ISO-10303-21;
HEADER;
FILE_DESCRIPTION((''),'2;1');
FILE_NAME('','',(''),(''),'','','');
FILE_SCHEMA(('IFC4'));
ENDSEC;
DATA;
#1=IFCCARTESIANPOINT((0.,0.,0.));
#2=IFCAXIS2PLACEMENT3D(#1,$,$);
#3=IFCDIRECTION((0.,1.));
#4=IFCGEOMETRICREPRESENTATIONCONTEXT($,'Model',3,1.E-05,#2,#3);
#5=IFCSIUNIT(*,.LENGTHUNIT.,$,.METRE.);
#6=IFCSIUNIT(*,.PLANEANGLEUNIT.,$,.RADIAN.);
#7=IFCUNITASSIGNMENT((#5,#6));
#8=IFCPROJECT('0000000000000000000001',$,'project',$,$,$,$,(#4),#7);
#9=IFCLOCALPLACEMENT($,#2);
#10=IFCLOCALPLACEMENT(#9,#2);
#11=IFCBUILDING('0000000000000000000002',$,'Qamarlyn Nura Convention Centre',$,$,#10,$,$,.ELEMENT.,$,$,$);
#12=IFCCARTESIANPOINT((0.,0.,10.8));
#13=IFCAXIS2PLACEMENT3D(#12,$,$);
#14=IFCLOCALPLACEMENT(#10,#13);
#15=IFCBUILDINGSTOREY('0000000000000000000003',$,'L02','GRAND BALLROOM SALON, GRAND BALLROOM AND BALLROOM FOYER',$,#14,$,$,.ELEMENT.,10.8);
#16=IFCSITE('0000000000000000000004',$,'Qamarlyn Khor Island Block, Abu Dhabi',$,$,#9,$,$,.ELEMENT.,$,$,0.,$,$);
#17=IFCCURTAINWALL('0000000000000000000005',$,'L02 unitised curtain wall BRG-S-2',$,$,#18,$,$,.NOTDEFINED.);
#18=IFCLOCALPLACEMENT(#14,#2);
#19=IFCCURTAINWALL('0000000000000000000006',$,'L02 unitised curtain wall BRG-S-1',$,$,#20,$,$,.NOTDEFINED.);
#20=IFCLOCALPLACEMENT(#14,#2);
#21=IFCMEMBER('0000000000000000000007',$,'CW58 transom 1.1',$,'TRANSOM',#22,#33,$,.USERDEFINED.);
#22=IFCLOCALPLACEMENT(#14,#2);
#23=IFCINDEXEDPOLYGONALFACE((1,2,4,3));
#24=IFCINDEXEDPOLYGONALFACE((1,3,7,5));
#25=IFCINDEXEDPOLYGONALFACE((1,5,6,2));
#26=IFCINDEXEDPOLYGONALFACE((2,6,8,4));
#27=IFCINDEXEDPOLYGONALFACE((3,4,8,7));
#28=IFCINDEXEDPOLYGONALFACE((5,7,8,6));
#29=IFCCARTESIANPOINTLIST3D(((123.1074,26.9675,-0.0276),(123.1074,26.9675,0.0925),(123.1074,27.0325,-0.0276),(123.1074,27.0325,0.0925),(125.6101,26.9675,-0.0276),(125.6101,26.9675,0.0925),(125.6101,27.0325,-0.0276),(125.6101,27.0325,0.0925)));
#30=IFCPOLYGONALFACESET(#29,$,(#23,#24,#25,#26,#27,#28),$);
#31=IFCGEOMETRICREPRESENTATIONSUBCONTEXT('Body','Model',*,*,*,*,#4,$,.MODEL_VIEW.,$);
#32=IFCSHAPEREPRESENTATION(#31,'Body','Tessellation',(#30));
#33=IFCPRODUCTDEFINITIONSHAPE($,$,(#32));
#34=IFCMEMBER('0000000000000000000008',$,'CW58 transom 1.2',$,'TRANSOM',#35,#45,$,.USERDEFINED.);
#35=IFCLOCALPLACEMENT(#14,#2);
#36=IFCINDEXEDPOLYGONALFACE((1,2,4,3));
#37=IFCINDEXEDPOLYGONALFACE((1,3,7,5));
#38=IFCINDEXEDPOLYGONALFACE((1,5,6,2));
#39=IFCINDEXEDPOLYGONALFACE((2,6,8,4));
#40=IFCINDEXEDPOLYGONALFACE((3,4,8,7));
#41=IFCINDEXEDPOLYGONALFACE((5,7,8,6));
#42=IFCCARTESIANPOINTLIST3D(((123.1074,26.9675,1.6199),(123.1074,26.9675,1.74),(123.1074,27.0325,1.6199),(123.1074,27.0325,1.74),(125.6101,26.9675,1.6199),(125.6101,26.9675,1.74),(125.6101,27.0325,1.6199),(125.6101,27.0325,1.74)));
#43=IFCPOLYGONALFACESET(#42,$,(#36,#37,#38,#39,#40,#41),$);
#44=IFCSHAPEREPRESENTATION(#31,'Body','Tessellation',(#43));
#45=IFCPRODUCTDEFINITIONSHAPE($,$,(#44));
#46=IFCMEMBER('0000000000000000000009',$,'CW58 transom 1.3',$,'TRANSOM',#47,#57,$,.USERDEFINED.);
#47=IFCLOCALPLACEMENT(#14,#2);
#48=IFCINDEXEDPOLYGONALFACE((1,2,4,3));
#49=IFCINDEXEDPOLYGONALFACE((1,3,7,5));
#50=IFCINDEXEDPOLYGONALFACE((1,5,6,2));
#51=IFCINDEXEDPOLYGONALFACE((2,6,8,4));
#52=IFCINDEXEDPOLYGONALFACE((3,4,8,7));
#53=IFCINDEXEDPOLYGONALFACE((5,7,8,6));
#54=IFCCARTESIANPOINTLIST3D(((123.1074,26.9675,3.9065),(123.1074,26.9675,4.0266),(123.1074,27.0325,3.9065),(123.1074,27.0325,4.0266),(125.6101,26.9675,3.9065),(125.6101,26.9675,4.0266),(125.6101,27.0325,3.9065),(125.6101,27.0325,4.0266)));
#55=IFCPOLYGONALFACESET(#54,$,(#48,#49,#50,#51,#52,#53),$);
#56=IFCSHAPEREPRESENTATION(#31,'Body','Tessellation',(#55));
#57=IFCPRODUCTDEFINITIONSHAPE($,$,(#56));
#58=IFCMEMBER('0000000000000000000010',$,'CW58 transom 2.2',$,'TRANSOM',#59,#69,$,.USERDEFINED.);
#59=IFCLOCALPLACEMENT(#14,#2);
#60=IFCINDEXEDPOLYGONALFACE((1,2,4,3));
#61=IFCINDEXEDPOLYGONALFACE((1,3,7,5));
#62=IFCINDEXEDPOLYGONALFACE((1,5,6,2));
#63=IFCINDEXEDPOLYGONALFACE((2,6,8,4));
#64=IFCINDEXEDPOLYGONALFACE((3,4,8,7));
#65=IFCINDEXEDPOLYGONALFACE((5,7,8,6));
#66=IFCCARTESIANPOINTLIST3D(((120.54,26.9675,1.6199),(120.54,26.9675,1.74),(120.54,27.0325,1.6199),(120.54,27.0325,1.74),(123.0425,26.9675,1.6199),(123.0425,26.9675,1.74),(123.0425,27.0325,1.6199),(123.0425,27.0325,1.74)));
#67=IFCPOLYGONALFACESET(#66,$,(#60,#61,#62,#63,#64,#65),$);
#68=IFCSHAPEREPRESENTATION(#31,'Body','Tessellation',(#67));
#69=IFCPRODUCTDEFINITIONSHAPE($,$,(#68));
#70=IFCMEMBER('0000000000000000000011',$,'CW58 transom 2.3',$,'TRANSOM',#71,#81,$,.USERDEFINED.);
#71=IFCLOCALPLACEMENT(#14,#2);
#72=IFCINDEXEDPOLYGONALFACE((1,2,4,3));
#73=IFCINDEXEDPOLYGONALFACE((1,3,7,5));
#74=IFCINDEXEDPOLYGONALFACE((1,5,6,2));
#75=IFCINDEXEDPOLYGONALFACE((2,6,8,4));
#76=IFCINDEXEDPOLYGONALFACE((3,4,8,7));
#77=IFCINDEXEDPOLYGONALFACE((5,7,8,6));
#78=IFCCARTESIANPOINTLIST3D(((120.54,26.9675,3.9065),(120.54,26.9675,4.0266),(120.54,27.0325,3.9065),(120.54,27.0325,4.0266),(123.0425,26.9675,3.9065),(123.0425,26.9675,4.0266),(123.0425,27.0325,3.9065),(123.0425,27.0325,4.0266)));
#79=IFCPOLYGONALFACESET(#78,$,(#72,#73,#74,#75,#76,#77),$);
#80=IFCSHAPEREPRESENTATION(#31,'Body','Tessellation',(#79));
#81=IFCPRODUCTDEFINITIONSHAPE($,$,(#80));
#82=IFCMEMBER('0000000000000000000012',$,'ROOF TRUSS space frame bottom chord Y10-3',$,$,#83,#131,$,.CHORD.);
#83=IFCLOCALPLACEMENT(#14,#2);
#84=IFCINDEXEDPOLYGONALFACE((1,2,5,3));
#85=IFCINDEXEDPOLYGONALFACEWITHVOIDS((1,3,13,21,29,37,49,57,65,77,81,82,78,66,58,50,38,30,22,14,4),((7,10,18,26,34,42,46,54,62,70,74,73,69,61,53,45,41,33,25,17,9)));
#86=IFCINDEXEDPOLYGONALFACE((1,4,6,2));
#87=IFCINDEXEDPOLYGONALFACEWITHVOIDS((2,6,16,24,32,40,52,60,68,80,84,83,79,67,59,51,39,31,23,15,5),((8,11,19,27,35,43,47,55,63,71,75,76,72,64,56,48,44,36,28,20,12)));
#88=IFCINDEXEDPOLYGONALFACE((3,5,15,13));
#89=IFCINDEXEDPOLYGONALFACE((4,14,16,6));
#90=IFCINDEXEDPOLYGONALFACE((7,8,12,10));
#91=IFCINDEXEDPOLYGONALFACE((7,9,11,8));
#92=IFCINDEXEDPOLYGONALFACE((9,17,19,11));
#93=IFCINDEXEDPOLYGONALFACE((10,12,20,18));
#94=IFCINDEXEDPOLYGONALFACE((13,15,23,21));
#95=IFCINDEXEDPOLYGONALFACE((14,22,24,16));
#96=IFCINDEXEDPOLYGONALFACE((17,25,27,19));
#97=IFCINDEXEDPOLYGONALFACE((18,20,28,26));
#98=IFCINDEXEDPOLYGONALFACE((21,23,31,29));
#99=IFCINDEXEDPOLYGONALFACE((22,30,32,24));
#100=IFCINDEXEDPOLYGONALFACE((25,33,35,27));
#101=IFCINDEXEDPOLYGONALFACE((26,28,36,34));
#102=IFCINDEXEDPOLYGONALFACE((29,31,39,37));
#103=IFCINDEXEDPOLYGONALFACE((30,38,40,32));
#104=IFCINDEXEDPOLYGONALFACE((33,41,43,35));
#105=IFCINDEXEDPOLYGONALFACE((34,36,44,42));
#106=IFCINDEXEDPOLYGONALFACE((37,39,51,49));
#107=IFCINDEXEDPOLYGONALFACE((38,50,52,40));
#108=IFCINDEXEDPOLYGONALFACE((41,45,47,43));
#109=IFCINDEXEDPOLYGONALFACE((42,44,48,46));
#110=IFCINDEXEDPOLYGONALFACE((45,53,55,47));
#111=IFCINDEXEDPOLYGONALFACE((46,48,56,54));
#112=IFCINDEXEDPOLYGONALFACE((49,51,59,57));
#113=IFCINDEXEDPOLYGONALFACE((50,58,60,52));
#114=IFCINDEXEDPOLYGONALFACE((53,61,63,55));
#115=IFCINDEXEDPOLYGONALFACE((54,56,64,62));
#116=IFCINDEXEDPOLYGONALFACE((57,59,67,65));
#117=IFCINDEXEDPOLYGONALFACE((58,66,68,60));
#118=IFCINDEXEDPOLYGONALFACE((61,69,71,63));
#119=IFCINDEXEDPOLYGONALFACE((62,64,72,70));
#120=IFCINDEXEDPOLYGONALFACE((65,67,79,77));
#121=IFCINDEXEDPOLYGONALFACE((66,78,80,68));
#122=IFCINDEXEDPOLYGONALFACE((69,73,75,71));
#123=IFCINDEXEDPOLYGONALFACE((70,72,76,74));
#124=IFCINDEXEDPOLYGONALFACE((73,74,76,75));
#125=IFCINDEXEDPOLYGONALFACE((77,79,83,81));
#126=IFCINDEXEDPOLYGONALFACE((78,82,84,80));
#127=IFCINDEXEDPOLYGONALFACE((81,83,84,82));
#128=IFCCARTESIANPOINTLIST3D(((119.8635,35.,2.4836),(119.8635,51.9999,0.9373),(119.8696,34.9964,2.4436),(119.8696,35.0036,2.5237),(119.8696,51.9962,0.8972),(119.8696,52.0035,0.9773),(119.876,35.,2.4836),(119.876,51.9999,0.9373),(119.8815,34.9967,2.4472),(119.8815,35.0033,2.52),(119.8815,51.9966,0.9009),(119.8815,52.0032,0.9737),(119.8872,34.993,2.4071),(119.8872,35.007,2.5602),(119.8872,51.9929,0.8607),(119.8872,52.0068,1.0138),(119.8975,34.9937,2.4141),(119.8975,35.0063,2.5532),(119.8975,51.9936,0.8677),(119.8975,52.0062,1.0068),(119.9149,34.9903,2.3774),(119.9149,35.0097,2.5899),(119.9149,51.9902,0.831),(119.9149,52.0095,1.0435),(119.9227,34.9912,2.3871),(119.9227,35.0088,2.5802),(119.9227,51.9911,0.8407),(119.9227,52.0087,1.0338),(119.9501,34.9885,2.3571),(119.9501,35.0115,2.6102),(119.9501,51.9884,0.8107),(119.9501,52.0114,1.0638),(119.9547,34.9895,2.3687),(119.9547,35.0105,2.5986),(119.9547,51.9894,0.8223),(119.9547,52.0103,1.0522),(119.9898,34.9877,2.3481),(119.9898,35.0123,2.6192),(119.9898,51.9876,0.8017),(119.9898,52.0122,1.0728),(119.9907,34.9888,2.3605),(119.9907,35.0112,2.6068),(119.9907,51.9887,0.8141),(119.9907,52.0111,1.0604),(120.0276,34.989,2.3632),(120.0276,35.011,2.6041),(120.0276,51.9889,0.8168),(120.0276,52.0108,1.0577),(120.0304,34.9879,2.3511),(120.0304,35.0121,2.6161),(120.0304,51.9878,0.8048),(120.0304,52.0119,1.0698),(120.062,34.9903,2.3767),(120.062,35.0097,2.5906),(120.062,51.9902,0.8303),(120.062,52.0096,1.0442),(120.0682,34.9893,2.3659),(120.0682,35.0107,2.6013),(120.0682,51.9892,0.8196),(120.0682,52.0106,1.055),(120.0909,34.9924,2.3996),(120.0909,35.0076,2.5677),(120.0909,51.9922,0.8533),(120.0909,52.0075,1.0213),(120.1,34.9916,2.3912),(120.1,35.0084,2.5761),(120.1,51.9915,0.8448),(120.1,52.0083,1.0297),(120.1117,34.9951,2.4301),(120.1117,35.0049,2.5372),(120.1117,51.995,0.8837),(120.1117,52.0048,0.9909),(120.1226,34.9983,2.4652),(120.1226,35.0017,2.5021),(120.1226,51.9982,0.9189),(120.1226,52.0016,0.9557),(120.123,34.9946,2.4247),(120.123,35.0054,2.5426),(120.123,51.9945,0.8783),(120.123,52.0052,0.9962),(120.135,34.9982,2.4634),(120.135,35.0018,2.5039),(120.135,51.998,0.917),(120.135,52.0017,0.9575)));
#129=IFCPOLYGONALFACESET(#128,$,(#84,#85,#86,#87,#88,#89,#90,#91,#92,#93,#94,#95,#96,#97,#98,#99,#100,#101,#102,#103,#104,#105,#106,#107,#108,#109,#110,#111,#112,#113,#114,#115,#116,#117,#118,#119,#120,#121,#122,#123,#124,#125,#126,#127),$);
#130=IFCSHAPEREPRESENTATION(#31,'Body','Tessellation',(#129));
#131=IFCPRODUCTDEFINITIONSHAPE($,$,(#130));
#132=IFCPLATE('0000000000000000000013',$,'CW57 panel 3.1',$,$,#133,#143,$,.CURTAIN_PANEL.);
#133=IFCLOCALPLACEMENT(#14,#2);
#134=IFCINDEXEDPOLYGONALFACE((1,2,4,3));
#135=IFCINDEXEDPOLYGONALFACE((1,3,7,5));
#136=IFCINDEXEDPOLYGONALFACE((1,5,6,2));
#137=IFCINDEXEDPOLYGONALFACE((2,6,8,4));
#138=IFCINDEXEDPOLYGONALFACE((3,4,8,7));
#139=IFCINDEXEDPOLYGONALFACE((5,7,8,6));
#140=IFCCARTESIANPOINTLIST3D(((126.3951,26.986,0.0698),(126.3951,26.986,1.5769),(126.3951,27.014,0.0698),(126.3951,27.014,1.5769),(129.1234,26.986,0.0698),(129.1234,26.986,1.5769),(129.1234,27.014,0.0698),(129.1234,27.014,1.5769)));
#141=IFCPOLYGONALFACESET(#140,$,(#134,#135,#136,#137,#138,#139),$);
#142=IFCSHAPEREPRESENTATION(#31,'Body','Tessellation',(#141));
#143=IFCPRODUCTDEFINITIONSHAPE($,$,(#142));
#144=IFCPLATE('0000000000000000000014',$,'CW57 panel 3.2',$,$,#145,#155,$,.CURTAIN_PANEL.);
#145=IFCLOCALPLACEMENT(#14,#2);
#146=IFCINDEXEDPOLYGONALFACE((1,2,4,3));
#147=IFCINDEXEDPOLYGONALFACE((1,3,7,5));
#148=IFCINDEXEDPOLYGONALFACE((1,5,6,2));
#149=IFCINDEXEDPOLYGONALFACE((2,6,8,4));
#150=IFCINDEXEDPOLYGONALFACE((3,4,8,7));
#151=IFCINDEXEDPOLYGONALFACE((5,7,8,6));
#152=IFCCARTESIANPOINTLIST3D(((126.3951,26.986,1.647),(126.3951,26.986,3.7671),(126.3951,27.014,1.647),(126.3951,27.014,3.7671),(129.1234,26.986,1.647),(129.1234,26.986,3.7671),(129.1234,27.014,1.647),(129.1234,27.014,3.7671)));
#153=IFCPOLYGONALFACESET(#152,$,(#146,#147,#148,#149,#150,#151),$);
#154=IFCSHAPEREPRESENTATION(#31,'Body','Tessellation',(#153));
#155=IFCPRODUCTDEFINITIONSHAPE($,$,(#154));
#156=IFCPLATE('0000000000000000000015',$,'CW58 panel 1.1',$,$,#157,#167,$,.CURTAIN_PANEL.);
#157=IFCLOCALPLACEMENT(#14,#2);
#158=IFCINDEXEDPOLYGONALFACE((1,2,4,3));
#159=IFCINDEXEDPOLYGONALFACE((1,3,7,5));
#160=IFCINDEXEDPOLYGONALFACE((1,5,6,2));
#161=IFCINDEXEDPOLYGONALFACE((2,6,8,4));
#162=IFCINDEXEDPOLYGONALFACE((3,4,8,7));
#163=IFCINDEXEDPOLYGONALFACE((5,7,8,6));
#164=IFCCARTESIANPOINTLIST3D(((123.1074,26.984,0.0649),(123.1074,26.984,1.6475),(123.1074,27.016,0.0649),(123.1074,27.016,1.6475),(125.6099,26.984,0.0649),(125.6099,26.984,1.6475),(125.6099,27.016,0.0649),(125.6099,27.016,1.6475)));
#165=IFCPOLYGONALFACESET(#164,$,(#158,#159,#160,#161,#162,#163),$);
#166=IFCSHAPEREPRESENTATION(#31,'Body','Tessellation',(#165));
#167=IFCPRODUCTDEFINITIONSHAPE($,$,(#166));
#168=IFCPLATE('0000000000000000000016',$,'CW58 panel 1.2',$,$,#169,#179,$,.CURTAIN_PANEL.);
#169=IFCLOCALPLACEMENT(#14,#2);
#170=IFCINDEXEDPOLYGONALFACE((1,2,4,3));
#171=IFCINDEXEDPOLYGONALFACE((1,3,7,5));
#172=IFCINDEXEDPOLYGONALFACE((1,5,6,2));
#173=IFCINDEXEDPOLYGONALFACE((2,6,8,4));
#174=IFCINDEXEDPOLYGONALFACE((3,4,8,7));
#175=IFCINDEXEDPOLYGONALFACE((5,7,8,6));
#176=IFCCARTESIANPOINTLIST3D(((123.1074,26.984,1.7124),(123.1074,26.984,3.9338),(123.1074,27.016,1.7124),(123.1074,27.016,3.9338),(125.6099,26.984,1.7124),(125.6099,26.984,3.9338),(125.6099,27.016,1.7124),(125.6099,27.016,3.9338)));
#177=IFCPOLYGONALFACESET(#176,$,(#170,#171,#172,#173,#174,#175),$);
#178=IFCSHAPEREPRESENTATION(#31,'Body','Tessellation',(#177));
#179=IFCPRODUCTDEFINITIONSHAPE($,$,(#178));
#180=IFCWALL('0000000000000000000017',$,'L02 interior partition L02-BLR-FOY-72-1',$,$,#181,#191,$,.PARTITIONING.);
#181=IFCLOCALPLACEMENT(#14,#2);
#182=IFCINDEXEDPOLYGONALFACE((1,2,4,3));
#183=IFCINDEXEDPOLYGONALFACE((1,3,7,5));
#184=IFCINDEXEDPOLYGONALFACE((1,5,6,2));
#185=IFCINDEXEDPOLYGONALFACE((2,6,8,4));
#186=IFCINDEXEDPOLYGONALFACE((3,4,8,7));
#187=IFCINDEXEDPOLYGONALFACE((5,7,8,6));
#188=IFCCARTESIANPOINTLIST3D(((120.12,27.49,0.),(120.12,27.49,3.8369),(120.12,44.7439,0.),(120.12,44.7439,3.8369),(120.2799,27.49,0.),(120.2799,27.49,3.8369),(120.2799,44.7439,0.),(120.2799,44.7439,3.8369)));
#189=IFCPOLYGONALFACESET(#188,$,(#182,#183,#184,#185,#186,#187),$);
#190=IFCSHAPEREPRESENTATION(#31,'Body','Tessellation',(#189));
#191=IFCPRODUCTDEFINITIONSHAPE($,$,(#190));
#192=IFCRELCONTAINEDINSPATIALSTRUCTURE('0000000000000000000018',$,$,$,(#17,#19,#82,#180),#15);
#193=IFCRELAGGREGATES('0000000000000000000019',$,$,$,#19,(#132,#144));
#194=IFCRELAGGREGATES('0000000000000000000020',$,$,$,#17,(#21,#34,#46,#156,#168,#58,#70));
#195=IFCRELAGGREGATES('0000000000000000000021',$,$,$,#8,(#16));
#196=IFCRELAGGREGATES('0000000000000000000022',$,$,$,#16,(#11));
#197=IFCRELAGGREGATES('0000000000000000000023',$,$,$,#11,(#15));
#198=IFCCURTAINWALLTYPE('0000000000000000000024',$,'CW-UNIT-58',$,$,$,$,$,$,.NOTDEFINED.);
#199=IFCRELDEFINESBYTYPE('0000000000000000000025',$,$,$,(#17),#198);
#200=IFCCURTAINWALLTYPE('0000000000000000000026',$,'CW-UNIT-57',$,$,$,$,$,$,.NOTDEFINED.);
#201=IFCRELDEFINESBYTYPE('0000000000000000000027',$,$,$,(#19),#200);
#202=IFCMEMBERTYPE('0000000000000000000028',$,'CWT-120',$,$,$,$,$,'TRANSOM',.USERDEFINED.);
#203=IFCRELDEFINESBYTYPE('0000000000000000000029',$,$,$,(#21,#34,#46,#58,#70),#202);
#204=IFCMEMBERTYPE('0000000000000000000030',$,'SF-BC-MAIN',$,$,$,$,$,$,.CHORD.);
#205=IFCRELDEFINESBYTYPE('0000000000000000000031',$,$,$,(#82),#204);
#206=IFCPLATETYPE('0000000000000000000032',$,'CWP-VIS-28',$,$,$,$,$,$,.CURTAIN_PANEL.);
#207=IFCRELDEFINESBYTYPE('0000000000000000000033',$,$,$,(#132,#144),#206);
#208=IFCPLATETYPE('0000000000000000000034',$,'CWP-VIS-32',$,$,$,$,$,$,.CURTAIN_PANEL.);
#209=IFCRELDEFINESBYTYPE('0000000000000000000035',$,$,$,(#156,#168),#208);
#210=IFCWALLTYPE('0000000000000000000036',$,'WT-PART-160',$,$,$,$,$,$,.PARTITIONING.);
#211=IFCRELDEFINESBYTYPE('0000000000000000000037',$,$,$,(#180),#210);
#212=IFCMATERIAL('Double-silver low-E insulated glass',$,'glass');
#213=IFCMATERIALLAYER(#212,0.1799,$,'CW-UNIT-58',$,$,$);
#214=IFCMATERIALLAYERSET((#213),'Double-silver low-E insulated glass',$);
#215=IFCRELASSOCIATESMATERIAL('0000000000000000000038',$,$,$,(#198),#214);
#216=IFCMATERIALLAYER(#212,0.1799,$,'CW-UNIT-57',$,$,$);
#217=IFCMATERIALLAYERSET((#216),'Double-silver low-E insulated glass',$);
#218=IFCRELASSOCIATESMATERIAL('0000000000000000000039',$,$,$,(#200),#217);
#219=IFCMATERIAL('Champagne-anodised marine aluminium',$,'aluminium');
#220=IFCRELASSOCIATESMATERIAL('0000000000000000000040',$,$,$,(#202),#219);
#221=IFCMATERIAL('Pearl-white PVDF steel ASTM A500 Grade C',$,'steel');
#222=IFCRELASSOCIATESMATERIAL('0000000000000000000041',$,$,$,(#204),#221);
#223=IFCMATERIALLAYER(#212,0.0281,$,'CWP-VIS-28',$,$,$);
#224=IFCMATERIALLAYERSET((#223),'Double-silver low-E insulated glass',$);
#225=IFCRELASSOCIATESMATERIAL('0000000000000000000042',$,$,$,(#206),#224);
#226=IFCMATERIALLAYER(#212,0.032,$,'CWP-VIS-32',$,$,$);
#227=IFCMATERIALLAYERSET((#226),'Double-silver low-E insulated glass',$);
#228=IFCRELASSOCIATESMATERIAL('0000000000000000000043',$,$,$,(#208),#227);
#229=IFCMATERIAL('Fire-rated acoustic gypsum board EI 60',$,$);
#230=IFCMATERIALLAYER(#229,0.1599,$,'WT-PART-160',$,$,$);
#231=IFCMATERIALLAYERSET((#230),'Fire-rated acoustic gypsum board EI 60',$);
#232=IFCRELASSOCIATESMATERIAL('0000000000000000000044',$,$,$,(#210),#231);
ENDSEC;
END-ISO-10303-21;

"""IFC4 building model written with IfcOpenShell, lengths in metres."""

from ifc_helpers import new_model, si_unit, direction, frame, frame_2d, origin, origin_2d, place, context, subcontext, project, spatial, rectangle, hollow_circle, extrude, material, layer, layer_set, material_profile, profile_set, type_object, element, aggregate, save


model = new_model("IFC4")

# Units and contexts
model_context = context("Model", 3, precision=1e-05, world=origin(), true_north=direction((0.0, 1.0)))
body_context = subcontext(model_context, "Body", "Model", "MODEL_VIEW")
ifc_project = project(units=[si_unit("LENGTHUNIT", "METRE"), si_unit("PLANEANGLEUNIT", "RADIAN")], contexts=[model_context])

# Site, building, storey
site_placement = place(None, origin())
site = spatial("IfcSite", under=ifc_project, at=site_placement, Name="Qamarlyn Khor Island Block, Abu Dhabi", CompositionType="ELEMENT", RefElevation=0.0)
building_placement = place(site_placement, origin())
building = spatial("IfcBuilding", under=site, at=building_placement, Name="Qamarlyn Nura Convention Centre", CompositionType="ELEMENT")
storey_placement = place(building_placement, frame((0.0, 0.0, 10.8)))
storey = spatial("IfcBuildingStorey", under=building, at=storey_placement, Name="L02", Description="GRAND BALLROOM SALON, GRAND BALLROOM AND BALLROOM FOYER", CompositionType="ELEMENT", Elevation=10.8)

# Curtain wall
ifc_material_1 = material(Name="Double-silver low-E insulated glass", Category="glass")
ifc_layer_1 = layer(ifc_material_1, 0.1799, Name="CW-UNIT-58")
ifc_layer_set_1 = layer_set([ifc_layer_1], Name="Double-silver low-E insulated glass")
curtain_wall_type_1 = type_object("IfcCurtainWallType", Name="CW-UNIT-58", PredefinedType="NOTDEFINED", material=ifc_layer_set_1)
curtain_wall_1_placement = place(storey_placement, origin())
curtain_wall_1 = element("IfcCurtainWall", 1, at=curtain_wall_1_placement, inside=storey, type_object=curtain_wall_type_1, Name="L02 unitised curtain wall BRG-S-2", PredefinedType="NOTDEFINED")
ifc_material_2 = material(Name="Champagne-anodised marine aluminium", Category="aluminium")

# Curtain wall
ifc_layer_2 = layer(ifc_material_1, 0.1799, Name="CW-UNIT-57")
ifc_layer_set_2 = layer_set([ifc_layer_2], Name="Double-silver low-E insulated glass")
curtain_wall_type_2 = type_object("IfcCurtainWallType", Name="CW-UNIT-57", PredefinedType="NOTDEFINED", material=ifc_layer_set_2)
curtain_wall_2_placement = place(storey_placement, origin())
curtain_wall_2 = element("IfcCurtainWall", 2, at=curtain_wall_2_placement, inside=storey, type_object=curtain_wall_type_2, Name="L02 unitised curtain wall BRG-S-1", PredefinedType="NOTDEFINED")

# Members
ifc_material_profile_1 = material_profile(ifc_material_2, rectangle(XDim=0.0649, YDim=0.1201, at=origin_2d()), Name="ALU TRANSOM 65x120")
ifc_profile_set_1 = profile_set([ifc_material_profile_1], Name="Champagne-anodised marine aluminium")
member_type_1 = type_object("IfcMemberType", Name="CWT-120", ElementType="TRANSOM", PredefinedType="USERDEFINED", material=ifc_profile_set_1)
member_1_placement = place(storey_placement, frame((125.6101, 27.0, 0.0325), z_axis=(-1.0, 0.0, 0.0), x_axis=(0.0, -1.0, 0.0)))
member_1 = element("IfcMember", 3, at=member_1_placement, type_object=member_type_1, Name="CW58 transom 1.1", ObjectType="TRANSOM", PredefinedType="USERDEFINED", context=body_context, shape_type="SweptSolid", body=[
    extrude(rectangle(XDim=0.0649, YDim=0.1201, at=origin_2d()), origin(), (0.0, 0.0, 1.0), 2.5027),
])
member_2_placement = place(storey_placement, frame((125.6101, 27.0, 1.6799), z_axis=(-1.0, 0.0, 0.0), x_axis=(0.0, -1.0, 0.0)))
member_2 = element("IfcMember", 4, at=member_2_placement, type_object=member_type_1, Name="CW58 transom 1.2", ObjectType="TRANSOM", PredefinedType="USERDEFINED", context=body_context, shape_type="SweptSolid", body=[
    extrude(rectangle(XDim=0.0649, YDim=0.1201, at=origin_2d()), origin(), (0.0, 0.0, 1.0), 2.5027),
])
member_3_placement = place(storey_placement, frame((125.6101, 27.0, 3.9666), z_axis=(-1.0, 0.0, 0.0), x_axis=(0.0, -1.0, 0.0)))
member_3 = element("IfcMember", 5, at=member_3_placement, type_object=member_type_1, Name="CW58 transom 1.3", ObjectType="TRANSOM", PredefinedType="USERDEFINED", context=body_context, shape_type="SweptSolid", body=[
    extrude(rectangle(XDim=0.0649, YDim=0.1201, at=origin_2d()), origin(), (0.0, 0.0, 1.0), 2.5027),
])
member_4_placement = place(storey_placement, frame((123.0425, 27.0, 1.6799), z_axis=(-1.0, 0.0, 0.0), x_axis=(0.0, -1.0, 0.0)))
member_4 = element("IfcMember", 6, at=member_4_placement, type_object=member_type_1, Name="CW58 transom 2.2", ObjectType="TRANSOM", PredefinedType="USERDEFINED", context=body_context, shape_type="SweptSolid", body=[
    extrude(rectangle(XDim=0.0649, YDim=0.1201, at=origin_2d()), origin(), (0.0, 0.0, 1.0), 2.5024),
])
member_5_placement = place(storey_placement, frame((123.0425, 27.0, 3.9666), z_axis=(-1.0, 0.0, 0.0), x_axis=(0.0, -1.0, 0.0)))
member_5 = element("IfcMember", 7, at=member_5_placement, type_object=member_type_1, Name="CW58 transom 2.3", ObjectType="TRANSOM", PredefinedType="USERDEFINED", context=body_context, shape_type="SweptSolid", body=[
    extrude(rectangle(XDim=0.0649, YDim=0.1201, at=origin_2d()), origin(), (0.0, 0.0, 1.0), 2.5024),
])
ifc_material_3 = material(Name="Pearl-white PVDF steel ASTM A500 Grade C", Category="steel")
ifc_material_profile_2 = material_profile(ifc_material_3, hollow_circle(Radius=0.1365, WallThickness=0.0125, at=origin_2d()), Name="CHS273X12.5")
ifc_profile_set_2 = profile_set([ifc_material_profile_2], Name="Pearl-white PVDF steel ASTM A500 Grade C")
member_type_2 = type_object("IfcMemberType", Name="SF-BC-MAIN", PredefinedType="CHORD", material=ifc_profile_set_2)
member_6_placement = place(storey_placement, frame((120.0, 35.0, 2.4836), z_axis=(0.0, 0.995888, -0.09059), x_axis=(-1.0, 0.0, 0.0)))
element("IfcMember", 8, at=member_6_placement, inside=storey, type_object=member_type_2, Name="ROOF TRUSS space frame bottom chord Y10-3", PredefinedType="CHORD", context=body_context, shape_type="SweptSolid", body=[
    extrude(hollow_circle(Radius=0.1365, WallThickness=0.0125, at=origin_2d()), origin(), (0.0, 0.0, 1.0), 17.0701),
])

# Plates
ifc_layer_3 = layer(ifc_material_1, 0.0281, Name="CWP-VIS-28")
ifc_layer_set_3 = layer_set([ifc_layer_3], Name="Double-silver low-E insulated glass")
plate_type_1 = type_object("IfcPlateType", Name="CWP-VIS-28", PredefinedType="CURTAIN_PANEL", material=ifc_layer_set_3)
plate_1_placement = place(storey_placement, frame((127.7593, 27.0, 0.0698), z_axis=(0.0, 0.0, 1.0), x_axis=(-1.0, 0.0, 0.0)))
plate_1 = element("IfcPlate", 9, at=plate_1_placement, type_object=plate_type_1, Name="CW57 panel 3.1", PredefinedType="CURTAIN_PANEL", context=body_context, shape_type="SweptSolid", body=[
    extrude(rectangle(XDim=2.7283, YDim=0.0281, at=origin_2d()), origin(), (0.0, 0.0, 1.0), 1.5071),
])
plate_2_placement = place(storey_placement, frame((127.7593, 27.0, 1.647), z_axis=(0.0, 0.0, 1.0), x_axis=(-1.0, 0.0, 0.0)))
plate_2 = element("IfcPlate", 10, at=plate_2_placement, type_object=plate_type_1, Name="CW57 panel 3.2", PredefinedType="CURTAIN_PANEL", context=body_context, shape_type="SweptSolid", body=[
    extrude(rectangle(XDim=2.7283, YDim=0.0281, at=origin_2d()), origin(), (0.0, 0.0, 1.0), 2.1201),
])
aggregate(curtain_wall_2, [plate_1, plate_2])
ifc_layer_4 = layer(ifc_material_1, 0.032, Name="CWP-VIS-32")
ifc_layer_set_4 = layer_set([ifc_layer_4], Name="Double-silver low-E insulated glass")
plate_type_2 = type_object("IfcPlateType", Name="CWP-VIS-32", PredefinedType="CURTAIN_PANEL", material=ifc_layer_set_4)
plate_3_placement = place(storey_placement, frame((124.3586, 27.0, 0.0649), z_axis=(0.0, 0.0, 1.0), x_axis=(-1.0, 0.0, 0.0)))
plate_3 = element("IfcPlate", 11, at=plate_3_placement, type_object=plate_type_2, Name="CW58 panel 1.1", PredefinedType="CURTAIN_PANEL", context=body_context, shape_type="SweptSolid", body=[
    extrude(rectangle(XDim=2.5024, YDim=0.032, at=origin_2d()), origin(), (0.0, 0.0, 1.0), 1.5825),
])
plate_4_placement = place(storey_placement, frame((124.3586, 27.0, 1.7124), z_axis=(0.0, 0.0, 1.0), x_axis=(-1.0, 0.0, 0.0)))
plate_4 = element("IfcPlate", 12, at=plate_4_placement, type_object=plate_type_2, Name="CW58 panel 1.2", PredefinedType="CURTAIN_PANEL", context=body_context, shape_type="SweptSolid", body=[
    extrude(rectangle(XDim=2.5024, YDim=0.032, at=origin_2d()), origin(), (0.0, 0.0, 1.0), 2.2214),
])
aggregate(curtain_wall_1, [member_1, member_2, member_3, plate_3, plate_4, member_4, member_5])

# Wall
ifc_material_4 = material(Name="Fire-rated acoustic gypsum board EI 60")
ifc_layer_5 = layer(ifc_material_4, 0.1599, Name="WT-PART-160")
ifc_layer_set_5 = layer_set([ifc_layer_5], Name="Fire-rated acoustic gypsum board EI 60")
wall_type = type_object("IfcWallType", Name="WT-PART-160", PredefinedType="PARTITIONING", material=ifc_layer_set_5)
wall_placement = place(storey_placement, frame((120.2, 27.49, 0.0), z_axis=(0.0, 0.0, 1.0), x_axis=(0.0, 1.0, 0.0)))
element("IfcWall", 13, at=wall_placement, inside=storey, type_object=wall_type, Name="L02 interior partition L02-BLR-FOY-72-1", PredefinedType="PARTITIONING", context=body_context, shape_type="SweptSolid", body=[
    extrude(rectangle(XDim=17.2539, YDim=0.1599, at=frame_2d((8.627, 0.0))), origin(), (0.0, 0.0, 1.0), 3.8369),
])

save(model, "model.ifc")
